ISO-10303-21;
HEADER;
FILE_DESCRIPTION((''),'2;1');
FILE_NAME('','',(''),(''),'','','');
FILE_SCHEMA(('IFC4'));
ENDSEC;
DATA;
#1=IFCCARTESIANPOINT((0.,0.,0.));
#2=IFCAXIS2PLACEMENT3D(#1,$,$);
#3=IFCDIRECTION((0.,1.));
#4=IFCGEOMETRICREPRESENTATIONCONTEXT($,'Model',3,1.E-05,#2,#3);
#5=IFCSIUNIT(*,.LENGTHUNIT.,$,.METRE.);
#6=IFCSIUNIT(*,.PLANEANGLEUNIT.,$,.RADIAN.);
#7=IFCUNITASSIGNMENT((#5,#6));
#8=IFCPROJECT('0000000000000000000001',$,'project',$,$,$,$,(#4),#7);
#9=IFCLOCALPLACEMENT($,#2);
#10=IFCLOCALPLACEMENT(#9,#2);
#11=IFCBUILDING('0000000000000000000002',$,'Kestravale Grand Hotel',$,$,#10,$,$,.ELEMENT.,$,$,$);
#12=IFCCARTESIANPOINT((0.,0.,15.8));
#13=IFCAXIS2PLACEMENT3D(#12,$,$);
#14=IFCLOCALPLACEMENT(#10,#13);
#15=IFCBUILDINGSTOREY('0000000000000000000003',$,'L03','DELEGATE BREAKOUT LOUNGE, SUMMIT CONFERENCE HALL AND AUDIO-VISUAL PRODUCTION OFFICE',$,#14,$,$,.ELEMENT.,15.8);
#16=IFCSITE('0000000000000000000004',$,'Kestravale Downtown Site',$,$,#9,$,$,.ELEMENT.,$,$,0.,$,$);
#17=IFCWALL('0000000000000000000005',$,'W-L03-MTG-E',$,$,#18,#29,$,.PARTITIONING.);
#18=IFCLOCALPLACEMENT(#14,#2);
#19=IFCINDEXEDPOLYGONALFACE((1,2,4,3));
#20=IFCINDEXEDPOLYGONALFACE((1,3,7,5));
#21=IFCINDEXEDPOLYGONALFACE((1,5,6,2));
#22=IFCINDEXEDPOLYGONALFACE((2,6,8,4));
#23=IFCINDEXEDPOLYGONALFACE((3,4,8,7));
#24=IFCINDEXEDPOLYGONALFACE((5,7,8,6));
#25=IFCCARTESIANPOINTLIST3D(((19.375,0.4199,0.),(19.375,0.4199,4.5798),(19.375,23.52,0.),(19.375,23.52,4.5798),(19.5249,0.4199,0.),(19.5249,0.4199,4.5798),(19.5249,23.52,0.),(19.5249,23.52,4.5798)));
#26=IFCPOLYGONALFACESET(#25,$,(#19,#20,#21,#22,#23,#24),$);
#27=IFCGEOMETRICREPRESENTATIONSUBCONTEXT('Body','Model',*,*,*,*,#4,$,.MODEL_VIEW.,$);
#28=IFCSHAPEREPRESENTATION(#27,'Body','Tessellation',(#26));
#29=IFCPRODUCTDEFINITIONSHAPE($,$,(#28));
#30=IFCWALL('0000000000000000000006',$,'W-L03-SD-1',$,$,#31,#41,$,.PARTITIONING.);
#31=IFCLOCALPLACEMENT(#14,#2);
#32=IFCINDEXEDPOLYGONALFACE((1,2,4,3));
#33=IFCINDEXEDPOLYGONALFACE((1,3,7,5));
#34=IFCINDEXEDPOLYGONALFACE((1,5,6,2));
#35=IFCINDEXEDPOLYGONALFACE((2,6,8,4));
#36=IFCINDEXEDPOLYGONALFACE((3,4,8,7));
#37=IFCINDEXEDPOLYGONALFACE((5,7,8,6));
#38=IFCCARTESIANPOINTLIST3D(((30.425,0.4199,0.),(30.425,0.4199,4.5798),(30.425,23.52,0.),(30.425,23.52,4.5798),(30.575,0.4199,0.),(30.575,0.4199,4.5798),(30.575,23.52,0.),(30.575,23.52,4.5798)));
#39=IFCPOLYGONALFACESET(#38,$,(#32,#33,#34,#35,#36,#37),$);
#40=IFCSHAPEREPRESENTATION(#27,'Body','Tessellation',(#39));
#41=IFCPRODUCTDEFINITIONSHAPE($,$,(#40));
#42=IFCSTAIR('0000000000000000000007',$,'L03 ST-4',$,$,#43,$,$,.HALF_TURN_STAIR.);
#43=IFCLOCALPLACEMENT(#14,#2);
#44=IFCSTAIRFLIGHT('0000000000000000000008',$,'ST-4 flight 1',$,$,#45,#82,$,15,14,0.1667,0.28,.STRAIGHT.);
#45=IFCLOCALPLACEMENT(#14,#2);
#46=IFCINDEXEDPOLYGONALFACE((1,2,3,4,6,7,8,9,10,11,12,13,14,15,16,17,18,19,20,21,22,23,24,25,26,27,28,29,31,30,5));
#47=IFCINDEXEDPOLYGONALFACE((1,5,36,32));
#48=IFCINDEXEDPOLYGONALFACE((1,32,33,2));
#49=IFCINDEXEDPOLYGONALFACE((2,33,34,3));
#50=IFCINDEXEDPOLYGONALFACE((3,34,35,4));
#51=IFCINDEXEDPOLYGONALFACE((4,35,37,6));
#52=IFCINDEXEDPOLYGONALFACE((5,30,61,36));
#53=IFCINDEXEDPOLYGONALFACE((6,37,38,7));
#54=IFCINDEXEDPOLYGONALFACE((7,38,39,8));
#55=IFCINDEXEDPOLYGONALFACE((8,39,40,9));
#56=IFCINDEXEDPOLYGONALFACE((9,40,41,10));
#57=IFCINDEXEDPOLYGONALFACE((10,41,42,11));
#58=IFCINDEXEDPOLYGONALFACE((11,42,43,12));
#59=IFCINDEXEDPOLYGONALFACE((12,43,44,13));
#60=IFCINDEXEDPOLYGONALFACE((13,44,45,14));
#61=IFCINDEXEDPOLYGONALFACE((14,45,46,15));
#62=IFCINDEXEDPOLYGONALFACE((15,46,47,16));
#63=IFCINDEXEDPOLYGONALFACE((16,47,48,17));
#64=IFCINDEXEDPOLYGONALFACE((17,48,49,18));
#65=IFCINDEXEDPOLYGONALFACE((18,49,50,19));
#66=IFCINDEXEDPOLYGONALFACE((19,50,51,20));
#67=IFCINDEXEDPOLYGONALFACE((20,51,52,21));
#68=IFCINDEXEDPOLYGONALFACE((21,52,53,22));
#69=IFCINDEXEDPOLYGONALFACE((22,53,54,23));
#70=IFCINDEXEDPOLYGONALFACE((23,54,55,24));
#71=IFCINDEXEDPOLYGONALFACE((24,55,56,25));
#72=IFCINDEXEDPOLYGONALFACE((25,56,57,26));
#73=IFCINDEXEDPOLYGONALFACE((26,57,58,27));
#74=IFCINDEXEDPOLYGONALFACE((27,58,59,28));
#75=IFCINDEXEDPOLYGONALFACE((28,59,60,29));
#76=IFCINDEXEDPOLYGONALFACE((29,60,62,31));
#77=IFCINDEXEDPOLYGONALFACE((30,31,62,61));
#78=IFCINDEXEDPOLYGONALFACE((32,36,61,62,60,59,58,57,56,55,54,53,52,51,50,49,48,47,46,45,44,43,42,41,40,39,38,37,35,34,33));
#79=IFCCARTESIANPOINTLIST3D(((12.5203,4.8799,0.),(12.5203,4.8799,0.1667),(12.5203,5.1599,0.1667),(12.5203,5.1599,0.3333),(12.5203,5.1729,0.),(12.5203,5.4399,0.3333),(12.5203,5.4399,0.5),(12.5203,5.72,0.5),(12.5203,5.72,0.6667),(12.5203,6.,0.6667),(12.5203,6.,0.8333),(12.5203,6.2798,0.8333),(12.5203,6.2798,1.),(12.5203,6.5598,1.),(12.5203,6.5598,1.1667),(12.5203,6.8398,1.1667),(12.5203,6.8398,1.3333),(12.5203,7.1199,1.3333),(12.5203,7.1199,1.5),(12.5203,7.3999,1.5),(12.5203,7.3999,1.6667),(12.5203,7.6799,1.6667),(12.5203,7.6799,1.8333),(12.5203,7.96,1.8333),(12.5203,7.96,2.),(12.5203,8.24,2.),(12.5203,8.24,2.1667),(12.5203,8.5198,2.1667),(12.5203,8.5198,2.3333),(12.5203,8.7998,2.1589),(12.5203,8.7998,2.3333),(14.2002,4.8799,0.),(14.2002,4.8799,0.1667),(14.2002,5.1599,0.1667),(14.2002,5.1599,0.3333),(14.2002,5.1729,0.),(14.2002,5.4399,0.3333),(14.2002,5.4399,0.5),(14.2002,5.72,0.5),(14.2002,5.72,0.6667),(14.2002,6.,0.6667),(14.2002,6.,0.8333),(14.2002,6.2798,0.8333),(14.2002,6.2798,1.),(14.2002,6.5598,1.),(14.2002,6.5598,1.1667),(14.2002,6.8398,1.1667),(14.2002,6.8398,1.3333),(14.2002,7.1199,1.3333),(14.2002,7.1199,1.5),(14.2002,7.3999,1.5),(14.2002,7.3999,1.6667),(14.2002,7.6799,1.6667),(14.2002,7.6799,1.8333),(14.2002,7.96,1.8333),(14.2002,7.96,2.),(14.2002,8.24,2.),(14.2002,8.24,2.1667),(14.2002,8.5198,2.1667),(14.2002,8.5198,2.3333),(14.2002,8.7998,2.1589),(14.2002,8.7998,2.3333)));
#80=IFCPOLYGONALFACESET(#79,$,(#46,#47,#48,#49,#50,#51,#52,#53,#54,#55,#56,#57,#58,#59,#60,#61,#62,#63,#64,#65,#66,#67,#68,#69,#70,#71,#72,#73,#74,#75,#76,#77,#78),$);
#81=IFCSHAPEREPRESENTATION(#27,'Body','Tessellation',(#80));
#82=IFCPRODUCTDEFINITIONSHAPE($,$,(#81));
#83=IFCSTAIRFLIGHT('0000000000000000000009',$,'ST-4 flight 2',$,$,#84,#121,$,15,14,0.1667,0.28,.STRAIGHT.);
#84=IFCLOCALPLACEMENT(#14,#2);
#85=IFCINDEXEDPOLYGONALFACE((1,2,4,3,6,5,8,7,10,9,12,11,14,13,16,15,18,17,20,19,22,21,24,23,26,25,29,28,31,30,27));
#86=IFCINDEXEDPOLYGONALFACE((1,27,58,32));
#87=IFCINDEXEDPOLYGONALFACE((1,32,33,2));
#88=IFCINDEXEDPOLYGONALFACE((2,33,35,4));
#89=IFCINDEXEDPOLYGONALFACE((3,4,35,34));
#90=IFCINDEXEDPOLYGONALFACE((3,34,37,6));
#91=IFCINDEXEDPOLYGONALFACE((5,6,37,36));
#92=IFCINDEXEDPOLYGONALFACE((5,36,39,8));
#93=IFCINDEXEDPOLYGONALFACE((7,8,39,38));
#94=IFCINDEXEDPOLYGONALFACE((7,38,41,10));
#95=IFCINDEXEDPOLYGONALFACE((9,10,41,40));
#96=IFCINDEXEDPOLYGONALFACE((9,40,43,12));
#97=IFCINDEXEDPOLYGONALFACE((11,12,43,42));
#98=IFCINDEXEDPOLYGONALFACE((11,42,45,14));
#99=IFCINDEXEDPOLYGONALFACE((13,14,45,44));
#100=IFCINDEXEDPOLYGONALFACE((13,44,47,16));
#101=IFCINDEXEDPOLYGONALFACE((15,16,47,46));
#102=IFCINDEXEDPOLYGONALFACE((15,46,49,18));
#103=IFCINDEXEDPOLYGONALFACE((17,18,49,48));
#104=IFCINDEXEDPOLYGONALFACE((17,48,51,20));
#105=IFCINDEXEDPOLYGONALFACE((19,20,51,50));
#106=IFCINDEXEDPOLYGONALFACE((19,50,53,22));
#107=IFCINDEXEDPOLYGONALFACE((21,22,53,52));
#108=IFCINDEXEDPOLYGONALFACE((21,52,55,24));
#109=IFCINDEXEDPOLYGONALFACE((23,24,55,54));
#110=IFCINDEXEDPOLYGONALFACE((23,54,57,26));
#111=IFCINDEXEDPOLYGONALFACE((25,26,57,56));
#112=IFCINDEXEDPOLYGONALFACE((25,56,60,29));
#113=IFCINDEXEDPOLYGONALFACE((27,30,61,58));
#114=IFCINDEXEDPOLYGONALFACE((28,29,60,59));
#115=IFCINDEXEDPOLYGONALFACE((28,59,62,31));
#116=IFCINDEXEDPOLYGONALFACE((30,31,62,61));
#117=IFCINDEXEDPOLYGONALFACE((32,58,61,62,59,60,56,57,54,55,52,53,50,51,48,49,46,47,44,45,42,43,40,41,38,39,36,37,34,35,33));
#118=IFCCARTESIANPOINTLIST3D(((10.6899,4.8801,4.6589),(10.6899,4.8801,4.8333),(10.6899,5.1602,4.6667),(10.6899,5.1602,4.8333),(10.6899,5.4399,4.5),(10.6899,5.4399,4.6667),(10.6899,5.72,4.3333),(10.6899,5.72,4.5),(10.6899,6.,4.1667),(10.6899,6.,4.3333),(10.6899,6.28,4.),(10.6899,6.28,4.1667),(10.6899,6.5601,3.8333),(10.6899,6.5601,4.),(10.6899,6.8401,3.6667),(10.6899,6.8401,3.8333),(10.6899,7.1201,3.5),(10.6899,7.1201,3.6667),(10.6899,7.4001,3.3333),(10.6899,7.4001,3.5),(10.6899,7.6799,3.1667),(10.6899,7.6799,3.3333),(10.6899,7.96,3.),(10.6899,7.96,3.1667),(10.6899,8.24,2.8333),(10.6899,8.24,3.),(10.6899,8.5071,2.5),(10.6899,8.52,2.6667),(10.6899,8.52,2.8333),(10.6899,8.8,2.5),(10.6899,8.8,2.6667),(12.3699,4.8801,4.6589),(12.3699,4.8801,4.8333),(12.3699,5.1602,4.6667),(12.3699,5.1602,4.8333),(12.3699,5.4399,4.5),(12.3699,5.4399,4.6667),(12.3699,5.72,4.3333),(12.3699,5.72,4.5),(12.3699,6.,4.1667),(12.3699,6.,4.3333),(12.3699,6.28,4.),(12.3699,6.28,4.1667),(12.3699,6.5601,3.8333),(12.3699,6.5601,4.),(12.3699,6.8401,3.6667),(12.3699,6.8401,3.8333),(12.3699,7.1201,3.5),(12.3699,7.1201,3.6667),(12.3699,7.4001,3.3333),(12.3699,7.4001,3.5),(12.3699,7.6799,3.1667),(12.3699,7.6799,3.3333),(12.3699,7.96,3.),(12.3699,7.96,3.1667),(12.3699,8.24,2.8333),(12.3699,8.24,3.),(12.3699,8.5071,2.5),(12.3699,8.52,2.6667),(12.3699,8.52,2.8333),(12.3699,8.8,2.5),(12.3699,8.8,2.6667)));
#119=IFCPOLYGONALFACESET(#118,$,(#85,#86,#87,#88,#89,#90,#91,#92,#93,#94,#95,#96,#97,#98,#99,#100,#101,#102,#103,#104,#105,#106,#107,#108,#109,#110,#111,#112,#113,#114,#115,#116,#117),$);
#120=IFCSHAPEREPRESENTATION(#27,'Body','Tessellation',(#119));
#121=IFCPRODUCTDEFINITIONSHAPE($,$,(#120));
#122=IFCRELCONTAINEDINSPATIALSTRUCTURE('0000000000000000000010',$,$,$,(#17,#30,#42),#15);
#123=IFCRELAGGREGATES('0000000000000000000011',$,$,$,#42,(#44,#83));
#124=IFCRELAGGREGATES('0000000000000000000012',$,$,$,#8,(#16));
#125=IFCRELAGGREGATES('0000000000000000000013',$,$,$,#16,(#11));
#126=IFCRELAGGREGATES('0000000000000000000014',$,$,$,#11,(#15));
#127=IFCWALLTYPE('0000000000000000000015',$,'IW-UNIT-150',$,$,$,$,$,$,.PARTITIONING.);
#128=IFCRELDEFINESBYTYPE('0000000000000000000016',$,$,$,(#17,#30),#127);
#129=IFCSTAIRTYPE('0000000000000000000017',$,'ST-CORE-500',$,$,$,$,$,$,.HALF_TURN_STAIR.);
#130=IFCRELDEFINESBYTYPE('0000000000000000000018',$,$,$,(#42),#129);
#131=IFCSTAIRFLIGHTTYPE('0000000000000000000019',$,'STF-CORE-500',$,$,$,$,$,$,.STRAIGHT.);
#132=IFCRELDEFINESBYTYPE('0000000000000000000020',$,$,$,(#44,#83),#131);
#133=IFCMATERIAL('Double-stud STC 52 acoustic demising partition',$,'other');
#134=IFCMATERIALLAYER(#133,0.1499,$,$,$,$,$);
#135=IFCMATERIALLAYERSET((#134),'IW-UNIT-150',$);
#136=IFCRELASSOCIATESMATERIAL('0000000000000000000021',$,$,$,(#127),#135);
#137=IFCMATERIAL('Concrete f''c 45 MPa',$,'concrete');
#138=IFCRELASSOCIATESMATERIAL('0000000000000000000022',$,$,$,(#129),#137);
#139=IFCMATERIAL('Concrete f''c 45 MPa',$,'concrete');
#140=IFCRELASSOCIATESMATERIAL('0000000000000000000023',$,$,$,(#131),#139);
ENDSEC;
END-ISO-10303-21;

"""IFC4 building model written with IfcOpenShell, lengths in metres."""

from ifc_helpers import new_model, si_unit, direction, frame, frame_2d, origin, place, context, subcontext, project, spatial, polyline, rectangle, outline, extrude, material, layer, layer_set, type_object, element, aggregate, save


model = new_model("IFC4")

# Units and contexts
model_context = context("Model", 3, precision=1e-05, world=origin(), true_north=direction((0.0, 1.0)))
body_context = subcontext(model_context, "Body", "Model", "MODEL_VIEW")
ifc_project = project(units=[si_unit("LENGTHUNIT", "METRE"), si_unit("PLANEANGLEUNIT", "RADIAN")], contexts=[model_context])

# Site, building, storey
site_placement = place(None, origin())
site = spatial("IfcSite", under=ifc_project, at=site_placement, Name="Kestravale Downtown Site", CompositionType="ELEMENT", RefElevation=0.0)
building_placement = place(site_placement, origin())
building = spatial("IfcBuilding", under=site, at=building_placement, Name="Kestravale Grand Hotel", CompositionType="ELEMENT")
storey_placement = place(building_placement, frame((0.0, 0.0, 15.8)))
storey = spatial("IfcBuildingStorey", under=building, at=storey_placement, Name="L03", Description="DELEGATE BREAKOUT LOUNGE, SUMMIT CONFERENCE HALL AND AUDIO-VISUAL PRODUCTION OFFICE", CompositionType="ELEMENT", Elevation=15.8)

# Walls
ifc_material_1 = material(Name="Double-stud STC 52 acoustic demising partition", Category="other")
ifc_layer_1 = layer(ifc_material_1, 0.1499)
ifc_layer_set_1 = layer_set([ifc_layer_1], Name="IW-UNIT-150")
wall_type_1 = type_object("IfcWallType", Name="IW-UNIT-150", PredefinedType="PARTITIONING", material=ifc_layer_set_1)
for number, where, z_axis, x_axis, name in (
    (1, (19.45, 0.4199, 0.0), (0.0, 0.0, 1.0), (0.0, 1.0, 0.0), "W-L03-MTG-E"),
    (2, (30.5, 0.4199, 0.0), (0.0, 0.0, 1.0), (0.0, 1.0, 0.0), "W-L03-SD-1"),
):
    element("IfcWall", number, at=place(storey_placement, frame(where, z_axis=z_axis, x_axis=x_axis)), inside=storey, type_object=wall_type_1, Name=name, PredefinedType="PARTITIONING", context=body_context, shape_type="SweptSolid", body=[
        extrude(rectangle(XDim=23.1001, YDim=0.1499, at=frame_2d((11.55, 0.0))), origin(), (0.0, 0.0, 1.0), 4.5798),
    ])

# Stair, stair flights
ifc_material_2 = material(Name="Concrete f'c 45 MPa", Category="concrete")
stair_type = type_object("IfcStairType", Name="ST-CORE-500", PredefinedType="HALF_TURN_STAIR", material=ifc_material_2)
stair_placement = place(storey_placement, origin())
stair = element("IfcStair", 3, at=stair_placement, inside=storey, type_object=stair_type, Name="L03 ST-4", PredefinedType="HALF_TURN_STAIR")
ifc_material_3 = material(Name="Concrete f'c 45 MPa", Category="concrete")
stair_flight_type = type_object("IfcStairFlightType", Name="STF-CORE-500", PredefinedType="STRAIGHT", material=ifc_material_3)
stair_flight_1_placement = place(storey_placement, frame((13.3601, 4.8799, 0.0), z_axis=(0.0, 0.0, 1.0), x_axis=(0.0, 1.0, 0.0)))
stair_flight_1 = element("IfcStairFlight", 4, at=stair_flight_1_placement, type_object=stair_flight_type, Name="ST-4 flight 1", NumberOfRisers=15, NumberOfTreads=14, PredefinedType="STRAIGHT", RiserHeight=0.1667, TreadLength=0.28, context=body_context, shape_type="SweptSolid", body=[
    extrude(outline(polyline([(0.0, 0.0), (0.0, 0.1667), (0.28, 0.1667), (0.28, 0.3333), (0.5601, 0.3333), (0.5601, 0.5), (0.8401, 0.5), (0.8401, 0.6667), (1.1201, 0.6667), (1.1201, 0.8333), (1.3999, 0.8333), (1.3999, 1.0), (1.6799, 1.0), (1.6799, 1.1667), (1.96, 1.1667), (1.96, 1.3333), (2.24, 1.3333), (2.24, 1.5), (2.52, 1.5), (2.52, 1.6667), (2.8, 1.6667), (2.8, 1.8333), (3.0801, 1.8333), (3.0801, 2.0), (3.3601, 2.0), (3.3601, 2.1667), (3.6399, 2.1667), (3.6399, 2.3333), (3.9199, 2.3333), (3.9199, 2.5), (3.9199, 2.1589), (0.293, 0.0), (0.0, 0.0)])), frame((0.0, 0.8398, 0.0), z_axis=(0.0, -1.0, 0.0), x_axis=(1.0, 0.0, 0.0)), (0.0, 0.0, 1.0), 1.6799),
])
stair_flight_2_placement = place(storey_placement, frame((11.53, 8.8, 2.5), z_axis=(0.0, 0.0, 1.0), x_axis=(0.0, -1.0, 0.0)))
stair_flight_2 = element("IfcStairFlight", 5, at=stair_flight_2_placement, type_object=stair_flight_type, Name="ST-4 flight 2", NumberOfRisers=15, NumberOfTreads=14, PredefinedType="STRAIGHT", RiserHeight=0.1667, TreadLength=0.28, context=body_context, shape_type="SweptSolid", body=[
    extrude(outline(polyline([(0.0, 0.0), (0.0, 0.1667), (0.28, 0.1667), (0.28, 0.3333), (0.5601, 0.3333), (0.5601, 0.5), (0.8401, 0.5), (0.8401, 0.6667), (1.1201, 0.6667), (1.1201, 0.8333), (1.3999, 0.8333), (1.3999, 1.0), (1.6799, 1.0), (1.6799, 1.1667), (1.96, 1.1667), (1.96, 1.3333), (2.24, 1.3333), (2.24, 1.5), (2.52, 1.5), (2.52, 1.6667), (2.8, 1.6667), (2.8, 1.8333), (3.0801, 1.8333), (3.0801, 2.0), (3.3601, 2.0), (3.3601, 2.1667), (3.6399, 2.1667), (3.6399, 2.3333), (3.9199, 2.3333), (3.9199, 2.5), (3.9199, 2.1589), (0.293, 0.0), (0.0, 0.0)])), frame((0.0, 0.8398, 0.0), z_axis=(0.0, -1.0, 0.0), x_axis=(1.0, 0.0, 0.0)), (0.0, 0.0, 1.0), 1.6799),
])
aggregate(stair, [stair_flight_1, stair_flight_2])

save(model, "model.ifc")
